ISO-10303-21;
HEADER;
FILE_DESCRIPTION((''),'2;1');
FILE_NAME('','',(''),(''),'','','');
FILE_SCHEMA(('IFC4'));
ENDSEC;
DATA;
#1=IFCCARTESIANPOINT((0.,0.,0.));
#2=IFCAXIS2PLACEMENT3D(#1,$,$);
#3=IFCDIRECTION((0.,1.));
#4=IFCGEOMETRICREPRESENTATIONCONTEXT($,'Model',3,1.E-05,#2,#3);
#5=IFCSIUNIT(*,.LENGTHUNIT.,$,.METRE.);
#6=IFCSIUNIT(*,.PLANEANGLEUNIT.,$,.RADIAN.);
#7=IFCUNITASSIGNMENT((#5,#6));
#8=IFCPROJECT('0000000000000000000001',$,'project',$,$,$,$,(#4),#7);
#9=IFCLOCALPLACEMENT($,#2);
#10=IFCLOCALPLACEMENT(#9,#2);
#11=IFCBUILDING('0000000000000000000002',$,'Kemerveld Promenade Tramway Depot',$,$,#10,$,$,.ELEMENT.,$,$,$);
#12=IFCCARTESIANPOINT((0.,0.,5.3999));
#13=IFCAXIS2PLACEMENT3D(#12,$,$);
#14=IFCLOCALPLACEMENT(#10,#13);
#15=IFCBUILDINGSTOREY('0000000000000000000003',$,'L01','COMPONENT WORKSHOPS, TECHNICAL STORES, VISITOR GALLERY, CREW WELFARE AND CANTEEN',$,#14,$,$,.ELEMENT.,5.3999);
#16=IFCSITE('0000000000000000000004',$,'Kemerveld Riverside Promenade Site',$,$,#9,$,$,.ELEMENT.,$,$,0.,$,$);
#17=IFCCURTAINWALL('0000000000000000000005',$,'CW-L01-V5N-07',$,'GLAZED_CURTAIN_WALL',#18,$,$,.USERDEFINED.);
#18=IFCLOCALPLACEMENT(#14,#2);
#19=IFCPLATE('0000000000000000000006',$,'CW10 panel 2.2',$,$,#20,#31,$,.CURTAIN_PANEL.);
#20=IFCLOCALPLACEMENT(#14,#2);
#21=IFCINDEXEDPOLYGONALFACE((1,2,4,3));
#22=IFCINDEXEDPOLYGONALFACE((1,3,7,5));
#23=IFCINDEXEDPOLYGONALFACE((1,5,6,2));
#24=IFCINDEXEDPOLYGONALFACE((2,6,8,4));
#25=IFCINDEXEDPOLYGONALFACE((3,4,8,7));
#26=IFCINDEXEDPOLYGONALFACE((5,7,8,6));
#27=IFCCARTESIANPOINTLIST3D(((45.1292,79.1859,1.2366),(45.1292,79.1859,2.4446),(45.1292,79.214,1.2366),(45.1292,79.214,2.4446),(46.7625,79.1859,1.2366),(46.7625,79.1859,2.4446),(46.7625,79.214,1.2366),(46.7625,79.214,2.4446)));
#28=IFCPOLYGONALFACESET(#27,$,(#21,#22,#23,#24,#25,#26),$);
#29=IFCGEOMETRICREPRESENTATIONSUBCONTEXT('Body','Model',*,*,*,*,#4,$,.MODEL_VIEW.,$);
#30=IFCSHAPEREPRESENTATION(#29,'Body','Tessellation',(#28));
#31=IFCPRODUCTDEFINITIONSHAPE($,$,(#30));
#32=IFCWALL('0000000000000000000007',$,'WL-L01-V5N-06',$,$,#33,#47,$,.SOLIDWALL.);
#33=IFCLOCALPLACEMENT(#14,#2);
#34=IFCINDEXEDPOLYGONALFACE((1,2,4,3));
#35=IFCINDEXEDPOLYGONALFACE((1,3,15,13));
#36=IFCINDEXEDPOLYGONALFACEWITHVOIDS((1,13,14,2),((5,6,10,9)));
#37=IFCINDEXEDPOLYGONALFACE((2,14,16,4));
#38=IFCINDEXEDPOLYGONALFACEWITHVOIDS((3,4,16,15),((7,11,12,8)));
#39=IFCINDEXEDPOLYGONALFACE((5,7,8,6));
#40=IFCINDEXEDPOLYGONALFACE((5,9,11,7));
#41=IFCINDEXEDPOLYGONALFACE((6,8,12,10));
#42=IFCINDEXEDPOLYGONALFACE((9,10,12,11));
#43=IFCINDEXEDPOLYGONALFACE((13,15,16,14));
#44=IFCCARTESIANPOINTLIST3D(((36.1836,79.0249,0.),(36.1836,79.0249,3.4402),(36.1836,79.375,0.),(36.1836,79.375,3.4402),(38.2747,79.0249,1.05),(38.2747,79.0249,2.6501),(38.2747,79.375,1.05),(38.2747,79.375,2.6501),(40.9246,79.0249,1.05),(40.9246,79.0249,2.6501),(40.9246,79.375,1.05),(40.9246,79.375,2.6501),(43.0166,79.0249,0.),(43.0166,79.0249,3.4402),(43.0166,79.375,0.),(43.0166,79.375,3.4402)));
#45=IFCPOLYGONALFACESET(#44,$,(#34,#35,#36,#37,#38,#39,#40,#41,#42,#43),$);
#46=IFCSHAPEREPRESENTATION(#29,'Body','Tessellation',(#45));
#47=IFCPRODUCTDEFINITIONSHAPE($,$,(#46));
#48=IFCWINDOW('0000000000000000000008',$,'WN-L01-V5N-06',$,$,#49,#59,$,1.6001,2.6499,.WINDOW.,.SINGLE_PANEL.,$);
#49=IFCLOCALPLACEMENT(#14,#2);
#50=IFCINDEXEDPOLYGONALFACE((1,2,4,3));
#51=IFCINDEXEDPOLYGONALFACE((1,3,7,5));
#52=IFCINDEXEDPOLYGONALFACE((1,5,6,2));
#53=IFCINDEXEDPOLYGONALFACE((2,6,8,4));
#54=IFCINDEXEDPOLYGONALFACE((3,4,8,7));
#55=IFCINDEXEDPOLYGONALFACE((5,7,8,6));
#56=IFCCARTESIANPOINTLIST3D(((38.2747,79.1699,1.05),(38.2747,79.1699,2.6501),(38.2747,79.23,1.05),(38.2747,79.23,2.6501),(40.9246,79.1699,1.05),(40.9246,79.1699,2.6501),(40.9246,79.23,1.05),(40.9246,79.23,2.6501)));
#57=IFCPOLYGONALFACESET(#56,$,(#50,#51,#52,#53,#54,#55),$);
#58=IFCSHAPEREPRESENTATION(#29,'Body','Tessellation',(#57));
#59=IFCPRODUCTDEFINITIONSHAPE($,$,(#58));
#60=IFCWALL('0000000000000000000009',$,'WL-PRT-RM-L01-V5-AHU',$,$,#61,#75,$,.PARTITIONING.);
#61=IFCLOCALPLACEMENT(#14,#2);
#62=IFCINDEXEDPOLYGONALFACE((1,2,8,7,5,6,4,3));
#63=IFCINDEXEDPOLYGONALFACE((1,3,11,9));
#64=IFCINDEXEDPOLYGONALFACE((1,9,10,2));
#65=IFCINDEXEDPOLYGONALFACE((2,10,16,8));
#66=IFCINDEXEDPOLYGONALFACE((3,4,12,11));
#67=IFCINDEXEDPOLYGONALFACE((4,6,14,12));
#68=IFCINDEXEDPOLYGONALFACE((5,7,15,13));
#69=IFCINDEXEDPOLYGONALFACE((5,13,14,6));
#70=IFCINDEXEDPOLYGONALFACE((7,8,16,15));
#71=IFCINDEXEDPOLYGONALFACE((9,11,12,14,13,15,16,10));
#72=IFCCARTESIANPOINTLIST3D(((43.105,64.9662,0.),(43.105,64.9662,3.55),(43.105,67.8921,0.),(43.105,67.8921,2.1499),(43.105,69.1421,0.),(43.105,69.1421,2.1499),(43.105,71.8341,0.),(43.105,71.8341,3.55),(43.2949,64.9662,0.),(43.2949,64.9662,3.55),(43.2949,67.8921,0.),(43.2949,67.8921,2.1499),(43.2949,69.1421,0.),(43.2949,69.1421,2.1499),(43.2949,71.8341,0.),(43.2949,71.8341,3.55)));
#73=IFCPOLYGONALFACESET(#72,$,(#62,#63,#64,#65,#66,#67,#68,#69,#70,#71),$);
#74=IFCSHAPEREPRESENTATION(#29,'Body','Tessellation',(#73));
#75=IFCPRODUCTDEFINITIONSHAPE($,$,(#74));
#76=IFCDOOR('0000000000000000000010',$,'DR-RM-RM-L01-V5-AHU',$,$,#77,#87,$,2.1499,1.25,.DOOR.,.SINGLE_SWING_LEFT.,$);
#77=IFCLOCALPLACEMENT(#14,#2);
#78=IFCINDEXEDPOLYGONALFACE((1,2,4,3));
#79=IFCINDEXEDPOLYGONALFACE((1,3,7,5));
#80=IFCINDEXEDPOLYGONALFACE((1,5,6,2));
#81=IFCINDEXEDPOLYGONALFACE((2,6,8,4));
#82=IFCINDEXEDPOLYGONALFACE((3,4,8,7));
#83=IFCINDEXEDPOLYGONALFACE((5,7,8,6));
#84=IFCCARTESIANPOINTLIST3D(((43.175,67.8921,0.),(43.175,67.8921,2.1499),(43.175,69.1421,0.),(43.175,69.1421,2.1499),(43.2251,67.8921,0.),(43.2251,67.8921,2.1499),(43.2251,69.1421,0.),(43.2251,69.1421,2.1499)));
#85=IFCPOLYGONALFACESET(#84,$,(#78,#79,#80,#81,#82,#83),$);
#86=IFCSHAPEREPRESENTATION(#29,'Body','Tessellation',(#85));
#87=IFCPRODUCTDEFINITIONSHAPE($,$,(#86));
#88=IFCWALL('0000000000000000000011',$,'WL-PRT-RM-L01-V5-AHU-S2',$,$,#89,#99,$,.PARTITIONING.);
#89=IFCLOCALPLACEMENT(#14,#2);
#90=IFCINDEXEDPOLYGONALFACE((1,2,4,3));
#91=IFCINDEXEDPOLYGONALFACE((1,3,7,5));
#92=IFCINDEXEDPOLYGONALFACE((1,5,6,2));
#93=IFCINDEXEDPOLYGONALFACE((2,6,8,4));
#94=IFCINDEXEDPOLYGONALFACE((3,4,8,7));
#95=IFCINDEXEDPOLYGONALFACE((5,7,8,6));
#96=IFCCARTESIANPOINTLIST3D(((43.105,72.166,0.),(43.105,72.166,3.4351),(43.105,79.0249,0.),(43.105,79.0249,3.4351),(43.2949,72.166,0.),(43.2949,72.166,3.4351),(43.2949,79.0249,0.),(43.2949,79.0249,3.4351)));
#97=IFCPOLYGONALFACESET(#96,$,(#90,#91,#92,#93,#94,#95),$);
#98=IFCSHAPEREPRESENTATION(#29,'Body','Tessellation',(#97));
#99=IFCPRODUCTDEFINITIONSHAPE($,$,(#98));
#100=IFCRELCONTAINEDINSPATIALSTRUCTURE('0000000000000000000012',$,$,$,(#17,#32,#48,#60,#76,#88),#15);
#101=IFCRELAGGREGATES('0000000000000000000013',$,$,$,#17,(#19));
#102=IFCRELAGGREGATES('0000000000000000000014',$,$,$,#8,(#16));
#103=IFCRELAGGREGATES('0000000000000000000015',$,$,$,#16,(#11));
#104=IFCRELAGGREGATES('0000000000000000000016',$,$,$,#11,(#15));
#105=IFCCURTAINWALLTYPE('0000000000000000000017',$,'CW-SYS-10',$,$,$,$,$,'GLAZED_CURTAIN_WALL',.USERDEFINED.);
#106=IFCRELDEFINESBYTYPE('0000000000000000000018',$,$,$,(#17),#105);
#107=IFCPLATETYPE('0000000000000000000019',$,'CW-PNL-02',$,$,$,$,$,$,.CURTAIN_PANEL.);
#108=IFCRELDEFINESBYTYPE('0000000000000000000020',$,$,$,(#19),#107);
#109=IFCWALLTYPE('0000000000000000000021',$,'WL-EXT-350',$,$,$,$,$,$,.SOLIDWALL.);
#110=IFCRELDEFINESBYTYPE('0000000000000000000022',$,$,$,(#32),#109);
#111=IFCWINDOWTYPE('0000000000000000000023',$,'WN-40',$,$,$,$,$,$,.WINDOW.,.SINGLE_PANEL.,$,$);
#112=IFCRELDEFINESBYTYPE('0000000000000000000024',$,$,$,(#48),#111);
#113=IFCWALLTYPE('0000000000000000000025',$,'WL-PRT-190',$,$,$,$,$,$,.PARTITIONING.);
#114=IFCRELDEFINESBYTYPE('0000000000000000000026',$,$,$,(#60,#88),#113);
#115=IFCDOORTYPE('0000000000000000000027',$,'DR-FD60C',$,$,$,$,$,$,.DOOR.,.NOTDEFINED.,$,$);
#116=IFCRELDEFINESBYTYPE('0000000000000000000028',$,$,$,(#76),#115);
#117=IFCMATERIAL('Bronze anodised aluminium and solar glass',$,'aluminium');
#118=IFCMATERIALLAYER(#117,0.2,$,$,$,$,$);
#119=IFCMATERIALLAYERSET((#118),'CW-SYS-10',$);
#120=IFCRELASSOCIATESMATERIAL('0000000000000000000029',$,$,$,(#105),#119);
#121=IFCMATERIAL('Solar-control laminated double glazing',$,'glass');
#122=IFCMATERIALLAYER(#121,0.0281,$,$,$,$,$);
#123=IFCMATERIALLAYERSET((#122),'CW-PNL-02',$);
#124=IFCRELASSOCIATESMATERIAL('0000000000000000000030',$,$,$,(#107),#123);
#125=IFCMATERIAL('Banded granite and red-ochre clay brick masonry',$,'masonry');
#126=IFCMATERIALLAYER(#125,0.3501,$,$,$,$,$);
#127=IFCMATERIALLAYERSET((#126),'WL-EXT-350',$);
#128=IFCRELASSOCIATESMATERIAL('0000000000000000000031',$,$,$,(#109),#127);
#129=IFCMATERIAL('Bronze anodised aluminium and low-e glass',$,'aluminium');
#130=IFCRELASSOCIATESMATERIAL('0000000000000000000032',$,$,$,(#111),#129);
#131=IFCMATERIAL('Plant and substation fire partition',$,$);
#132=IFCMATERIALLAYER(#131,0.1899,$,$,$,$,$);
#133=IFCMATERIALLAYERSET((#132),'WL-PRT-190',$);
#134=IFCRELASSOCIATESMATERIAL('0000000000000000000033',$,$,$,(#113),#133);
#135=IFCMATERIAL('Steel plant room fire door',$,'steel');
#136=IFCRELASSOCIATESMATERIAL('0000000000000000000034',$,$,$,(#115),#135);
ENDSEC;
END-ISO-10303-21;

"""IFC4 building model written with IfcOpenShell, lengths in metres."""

from ifc_helpers import new_model, si_unit, direction, frame, frame_2d, origin, origin_2d, place, context, subcontext, project, spatial, rectangle, extrude, material, layer, layer_set, type_object, element, fill, aggregate, save


model = new_model("IFC4")

# Units and contexts
model_context = context("Model", 3, precision=1e-05, world=origin(), true_north=direction((0.0, 1.0)))
body_context = subcontext(model_context, "Body", "Model", "MODEL_VIEW")
ifc_project = project(units=[si_unit("LENGTHUNIT", "METRE"), si_unit("PLANEANGLEUNIT", "RADIAN")], contexts=[model_context])

# Site, building, storey
site_placement = place(None, origin())
site = spatial("IfcSite", under=ifc_project, at=site_placement, Name="Kemerveld Riverside Promenade Site", CompositionType="ELEMENT", RefElevation=0.0)
building_placement = place(site_placement, origin())
building = spatial("IfcBuilding", under=site, at=building_placement, Name="Kemerveld Promenade Tramway Depot", CompositionType="ELEMENT")
storey_placement = place(building_placement, frame((0.0, 0.0, 5.3999)))
storey = spatial("IfcBuildingStorey", under=building, at=storey_placement, Name="L01", Description="COMPONENT WORKSHOPS, TECHNICAL STORES, VISITOR GALLERY, CREW WELFARE AND CANTEEN", CompositionType="ELEMENT", Elevation=5.3999)

# Curtain wall, plate
ifc_material_1 = material(Name="Bronze anodised aluminium and solar glass", Category="aluminium")
ifc_layer_1 = layer(ifc_material_1, 0.2)
ifc_layer_set_1 = layer_set([ifc_layer_1], Name="CW-SYS-10")
curtain_wall_type = type_object("IfcCurtainWallType", Name="CW-SYS-10", ElementType="GLAZED_CURTAIN_WALL", PredefinedType="USERDEFINED", material=ifc_layer_set_1)
curtain_wall_placement = place(storey_placement, origin())
curtain_wall = element("IfcCurtainWall", 1, at=curtain_wall_placement, inside=storey, type_object=curtain_wall_type, Name="CW-L01-V5N-07", ObjectType="GLAZED_CURTAIN_WALL", PredefinedType="USERDEFINED")
ifc_material_2 = material(Name="Solar-control laminated double glazing", Category="glass")
ifc_layer_2 = layer(ifc_material_2, 0.0281)
ifc_layer_set_2 = layer_set([ifc_layer_2], Name="CW-PNL-02")
plate_type = type_object("IfcPlateType", Name="CW-PNL-02", PredefinedType="CURTAIN_PANEL", material=ifc_layer_set_2)
plate_1_placement = place(storey_placement, frame((45.9458, 79.2, 1.2366), z_axis=(0.0, 0.0, 1.0), x_axis=(1.0, 0.0, 0.0)))
plate_1 = element("IfcPlate", 2, at=plate_1_placement, type_object=plate_type, Name="CW10 panel 2.2", PredefinedType="CURTAIN_PANEL", context=body_context, shape_type="SweptSolid", body=[
    extrude(rectangle(XDim=1.6333, YDim=0.0281, at=origin_2d()), origin(), (0.0, 0.0, 1.0), 1.208),
])
aggregate(curtain_wall, [plate_1])

# Wall, opening, window
ifc_material_3 = material(Name="Banded granite and red-ochre clay brick masonry", Category="masonry")
ifc_layer_3 = layer(ifc_material_3, 0.3501)
ifc_layer_set_3 = layer_set([ifc_layer_3], Name="WL-EXT-350")
wall_type_1 = type_object("IfcWallType", Name="WL-EXT-350", PredefinedType="SOLIDWALL", material=ifc_layer_set_3)
wall_1_placement = place(storey_placement, frame((36.1836, 79.2, 0.0), z_axis=(0.0, 0.0, 1.0), x_axis=(1.0, 0.0, 0.0)))
wall_1 = element("IfcWall", 3, at=wall_1_placement, inside=storey, type_object=wall_type_1, Name="WL-L01-V5N-06", PredefinedType="SOLIDWALL", context=body_context, shape_type="SweptSolid", body=[
    extrude(rectangle(XDim=6.833, YDim=0.3501, at=frame_2d((3.4165, 0.0))), origin(), (0.0, 0.0, 1.0), 3.4402),
])
opening_1_placement = place(wall_1_placement, frame((2.0911, 0.0, 1.05)))
opening_1 = element("IfcOpeningElement", 4, at=opening_1_placement, cuts=wall_1, PredefinedType="OPENING", context=body_context, shape_type="SweptSolid", body=[
    extrude(rectangle(XDim=2.6499, YDim=1.6001, at=frame_2d((1.325, 0.8))), frame((0.0, 0.1851, 0.0), z_axis=(0.0, -1.0, 0.0), x_axis=(1.0, 0.0, 0.0)), (0.0, 0.0, 1.0), 0.3701),
])
ifc_material_4 = material(Name="Bronze anodised aluminium and low-e glass", Category="aluminium")
window_type = type_object("IfcWindowType", Name="WN-40", PartitioningType="SINGLE_PANEL", PredefinedType="WINDOW", material=ifc_material_4)
window_placement = place(opening_1_placement, origin())
window = element("IfcWindow", 5, at=window_placement, inside=storey, type_object=window_type, Name="WN-L01-V5N-06", OverallHeight=1.6001, OverallWidth=2.6499, PartitioningType="SINGLE_PANEL", PredefinedType="WINDOW", context=body_context, shape_type="SweptSolid", body=[
    extrude(rectangle(XDim=2.6499, YDim=1.6001, at=frame_2d((1.325, 0.8))), frame((0.0, 0.03, 0.0), z_axis=(0.0, -1.0, 0.0), x_axis=(1.0, 0.0, 0.0)), (0.0, 0.0, 1.0), 0.0601),
])
fill(opening_1, window)

# Wall, opening, door
ifc_material_5 = material(Name="Plant and substation fire partition")
ifc_layer_4 = layer(ifc_material_5, 0.1899)
ifc_layer_set_4 = layer_set([ifc_layer_4], Name="WL-PRT-190")
wall_type_2 = type_object("IfcWallType", Name="WL-PRT-190", PredefinedType="PARTITIONING", material=ifc_layer_set_4)
wall_2_placement = place(storey_placement, frame((43.2, 64.9661, 0.0), z_axis=(0.0, 0.0, 1.0), x_axis=(0.0, 1.0, 0.0)))
wall_2 = element("IfcWall", 6, at=wall_2_placement, inside=storey, type_object=wall_type_2, Name="WL-PRT-RM-L01-V5-AHU", PredefinedType="PARTITIONING", context=body_context, shape_type="SweptSolid", body=[
    extrude(rectangle(XDim=6.8679, YDim=0.1899, at=frame_2d((3.4341, 0.0))), origin(), (0.0, 0.0, 1.0), 3.55),
])
opening_2_placement = place(wall_2_placement, frame((2.926, 0.0, 0.0)))
opening_2 = element("IfcOpeningElement", 7, at=opening_2_placement, cuts=wall_2, PredefinedType="OPENING", context=body_context, shape_type="SweptSolid", body=[
    extrude(rectangle(XDim=1.25, YDim=2.1499, at=frame_2d((0.625, 1.075))), frame((0.0, 0.105, 0.0), z_axis=(0.0, -1.0, 0.0), x_axis=(1.0, 0.0, 0.0)), (0.0, 0.0, 1.0), 0.21),
])
ifc_material_6 = material(Name="Steel plant room fire door", Category="steel")
door_type = type_object("IfcDoorType", Name="DR-FD60C", OperationType="NOTDEFINED", PredefinedType="DOOR", material=ifc_material_6)
door_placement = place(opening_2_placement, origin())
door = element("IfcDoor", 8, at=door_placement, inside=storey, type_object=door_type, Name="DR-RM-RM-L01-V5-AHU", OperationType="SINGLE_SWING_LEFT", OverallHeight=2.1499, OverallWidth=1.25, PredefinedType="DOOR", context=body_context, shape_type="SweptSolid", body=[
    extrude(rectangle(XDim=1.25, YDim=2.1499, at=frame_2d((0.625, 1.075))), frame((0.0, 0.0249, 0.0), z_axis=(0.0, -1.0, 0.0), x_axis=(1.0, 0.0, 0.0)), (0.0, 0.0, 1.0), 0.05),
])
fill(opening_2, door)

# Wall
wall_3_placement = place(storey_placement, frame((43.2, 72.166, 0.0), z_axis=(0.0, 0.0, 1.0), x_axis=(0.0, 1.0, 0.0)))
element("IfcWall", 9, at=wall_3_placement, inside=storey, type_object=wall_type_2, Name="WL-PRT-RM-L01-V5-AHU-S2", PredefinedType="PARTITIONING", context=body_context, shape_type="SweptSolid", body=[
    extrude(rectangle(XDim=6.8589, YDim=0.1899, at=frame_2d((3.4294, 0.0))), origin(), (0.0, 0.0, 1.0), 3.4351),
])

save(model, "model.ifc")
